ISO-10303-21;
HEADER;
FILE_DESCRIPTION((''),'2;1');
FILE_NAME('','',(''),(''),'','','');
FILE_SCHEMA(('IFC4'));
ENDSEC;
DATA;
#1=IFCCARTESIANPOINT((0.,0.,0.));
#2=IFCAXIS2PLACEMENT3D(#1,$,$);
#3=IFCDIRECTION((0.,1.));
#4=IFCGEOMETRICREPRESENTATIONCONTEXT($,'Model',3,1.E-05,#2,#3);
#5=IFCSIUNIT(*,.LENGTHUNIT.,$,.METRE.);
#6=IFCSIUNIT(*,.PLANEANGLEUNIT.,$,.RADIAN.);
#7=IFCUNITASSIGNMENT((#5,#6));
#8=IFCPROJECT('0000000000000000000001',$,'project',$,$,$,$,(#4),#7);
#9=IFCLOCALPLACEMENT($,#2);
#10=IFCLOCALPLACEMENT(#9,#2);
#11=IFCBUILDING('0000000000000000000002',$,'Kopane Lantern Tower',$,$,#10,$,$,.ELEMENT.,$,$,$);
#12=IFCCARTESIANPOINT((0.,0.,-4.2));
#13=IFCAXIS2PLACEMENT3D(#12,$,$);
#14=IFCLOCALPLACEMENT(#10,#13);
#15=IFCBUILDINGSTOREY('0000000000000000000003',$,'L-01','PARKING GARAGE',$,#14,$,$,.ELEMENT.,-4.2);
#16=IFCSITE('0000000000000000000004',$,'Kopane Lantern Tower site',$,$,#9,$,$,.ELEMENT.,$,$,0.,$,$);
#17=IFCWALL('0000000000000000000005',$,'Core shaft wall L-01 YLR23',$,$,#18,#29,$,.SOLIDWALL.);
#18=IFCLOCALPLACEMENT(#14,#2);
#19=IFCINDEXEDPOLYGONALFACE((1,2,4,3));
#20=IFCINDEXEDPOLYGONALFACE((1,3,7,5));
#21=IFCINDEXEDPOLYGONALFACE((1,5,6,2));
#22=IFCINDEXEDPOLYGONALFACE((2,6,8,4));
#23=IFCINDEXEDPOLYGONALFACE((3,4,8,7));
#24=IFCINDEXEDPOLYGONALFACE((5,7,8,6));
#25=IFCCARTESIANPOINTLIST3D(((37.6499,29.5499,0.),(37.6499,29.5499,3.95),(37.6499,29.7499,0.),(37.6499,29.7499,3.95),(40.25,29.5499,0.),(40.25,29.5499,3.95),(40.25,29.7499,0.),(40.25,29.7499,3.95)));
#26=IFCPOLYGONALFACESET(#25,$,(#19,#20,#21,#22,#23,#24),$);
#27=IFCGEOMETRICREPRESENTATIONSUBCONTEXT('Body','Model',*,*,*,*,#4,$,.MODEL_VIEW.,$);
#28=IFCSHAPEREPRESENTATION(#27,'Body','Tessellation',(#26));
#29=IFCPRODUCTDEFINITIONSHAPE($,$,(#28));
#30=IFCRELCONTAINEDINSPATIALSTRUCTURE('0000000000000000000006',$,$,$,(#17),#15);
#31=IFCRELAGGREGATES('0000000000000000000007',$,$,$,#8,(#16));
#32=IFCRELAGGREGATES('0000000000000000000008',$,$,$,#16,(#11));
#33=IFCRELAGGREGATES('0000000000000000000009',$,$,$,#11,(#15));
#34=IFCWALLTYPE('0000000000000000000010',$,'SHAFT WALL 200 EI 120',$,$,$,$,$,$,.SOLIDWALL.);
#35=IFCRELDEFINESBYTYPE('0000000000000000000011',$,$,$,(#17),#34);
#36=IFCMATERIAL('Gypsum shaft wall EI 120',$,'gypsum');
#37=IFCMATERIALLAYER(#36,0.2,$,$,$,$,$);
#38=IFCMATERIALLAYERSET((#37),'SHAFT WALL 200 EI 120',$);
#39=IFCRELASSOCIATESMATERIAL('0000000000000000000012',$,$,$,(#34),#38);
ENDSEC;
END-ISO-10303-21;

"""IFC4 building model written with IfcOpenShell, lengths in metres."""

from ifc_helpers import new_model, si_unit, direction, frame, frame_2d, origin, place, context, subcontext, project, spatial, rectangle, extrude, material, layer, layer_set, type_object, element, save


model = new_model("IFC4")

# Units and contexts
model_context = context("Model", 3, precision=1e-05, world=origin(), true_north=direction((0.0, 1.0)))
body_context = subcontext(model_context, "Body", "Model", "MODEL_VIEW")
ifc_project = project(units=[si_unit("LENGTHUNIT", "METRE"), si_unit("PLANEANGLEUNIT", "RADIAN")], contexts=[model_context])

# Site, building, storey
site_placement = place(None, origin())
site = spatial("IfcSite", under=ifc_project, at=site_placement, Name="Kopane Lantern Tower site", CompositionType="ELEMENT", RefElevation=0.0)
building_placement = place(site_placement, origin())
building = spatial("IfcBuilding", under=site, at=building_placement, Name="Kopane Lantern Tower", CompositionType="ELEMENT")
storey_placement = place(building_placement, frame((0.0, 0.0, -4.2)))
storey = spatial("IfcBuildingStorey", under=building, at=storey_placement, Name="L-01", Description="PARKING GARAGE", CompositionType="ELEMENT", Elevation=-4.2)

# Shared definitions
ifc_material_1 = material(Name="Gypsum shaft wall EI 120", Category="gypsum")
ifc_layer_1 = layer(ifc_material_1, 0.2)
ifc_layer_set_1 = layer_set([ifc_layer_1], Name="SHAFT WALL 200 EI 120")
wall_type_1 = type_object("IfcWallType", Name="SHAFT WALL 200 EI 120", PredefinedType="SOLIDWALL", material=ifc_layer_set_1)

# Wall
for number, where, z_axis, x_axis, name in (
    (1, (37.6499, 29.6499, 0.0), (0.0, 0.0, 1.0), (1.0, 0.0, 0.0), "Core shaft wall L-01 YLR23"),
):
    element("IfcWall", number, at=place(storey_placement, frame(where, z_axis=z_axis, x_axis=x_axis)), inside=storey, type_object=wall_type_1, Name=name, PredefinedType="SOLIDWALL", context=body_context, shape_type="SweptSolid", body=[
        extrude(rectangle(XDim=2.6001, YDim=0.2, at=frame_2d((1.3, 0.0))), origin(), (0.0, 0.0, 1.0), 3.95),
    ])

save(model, "model.ifc")
